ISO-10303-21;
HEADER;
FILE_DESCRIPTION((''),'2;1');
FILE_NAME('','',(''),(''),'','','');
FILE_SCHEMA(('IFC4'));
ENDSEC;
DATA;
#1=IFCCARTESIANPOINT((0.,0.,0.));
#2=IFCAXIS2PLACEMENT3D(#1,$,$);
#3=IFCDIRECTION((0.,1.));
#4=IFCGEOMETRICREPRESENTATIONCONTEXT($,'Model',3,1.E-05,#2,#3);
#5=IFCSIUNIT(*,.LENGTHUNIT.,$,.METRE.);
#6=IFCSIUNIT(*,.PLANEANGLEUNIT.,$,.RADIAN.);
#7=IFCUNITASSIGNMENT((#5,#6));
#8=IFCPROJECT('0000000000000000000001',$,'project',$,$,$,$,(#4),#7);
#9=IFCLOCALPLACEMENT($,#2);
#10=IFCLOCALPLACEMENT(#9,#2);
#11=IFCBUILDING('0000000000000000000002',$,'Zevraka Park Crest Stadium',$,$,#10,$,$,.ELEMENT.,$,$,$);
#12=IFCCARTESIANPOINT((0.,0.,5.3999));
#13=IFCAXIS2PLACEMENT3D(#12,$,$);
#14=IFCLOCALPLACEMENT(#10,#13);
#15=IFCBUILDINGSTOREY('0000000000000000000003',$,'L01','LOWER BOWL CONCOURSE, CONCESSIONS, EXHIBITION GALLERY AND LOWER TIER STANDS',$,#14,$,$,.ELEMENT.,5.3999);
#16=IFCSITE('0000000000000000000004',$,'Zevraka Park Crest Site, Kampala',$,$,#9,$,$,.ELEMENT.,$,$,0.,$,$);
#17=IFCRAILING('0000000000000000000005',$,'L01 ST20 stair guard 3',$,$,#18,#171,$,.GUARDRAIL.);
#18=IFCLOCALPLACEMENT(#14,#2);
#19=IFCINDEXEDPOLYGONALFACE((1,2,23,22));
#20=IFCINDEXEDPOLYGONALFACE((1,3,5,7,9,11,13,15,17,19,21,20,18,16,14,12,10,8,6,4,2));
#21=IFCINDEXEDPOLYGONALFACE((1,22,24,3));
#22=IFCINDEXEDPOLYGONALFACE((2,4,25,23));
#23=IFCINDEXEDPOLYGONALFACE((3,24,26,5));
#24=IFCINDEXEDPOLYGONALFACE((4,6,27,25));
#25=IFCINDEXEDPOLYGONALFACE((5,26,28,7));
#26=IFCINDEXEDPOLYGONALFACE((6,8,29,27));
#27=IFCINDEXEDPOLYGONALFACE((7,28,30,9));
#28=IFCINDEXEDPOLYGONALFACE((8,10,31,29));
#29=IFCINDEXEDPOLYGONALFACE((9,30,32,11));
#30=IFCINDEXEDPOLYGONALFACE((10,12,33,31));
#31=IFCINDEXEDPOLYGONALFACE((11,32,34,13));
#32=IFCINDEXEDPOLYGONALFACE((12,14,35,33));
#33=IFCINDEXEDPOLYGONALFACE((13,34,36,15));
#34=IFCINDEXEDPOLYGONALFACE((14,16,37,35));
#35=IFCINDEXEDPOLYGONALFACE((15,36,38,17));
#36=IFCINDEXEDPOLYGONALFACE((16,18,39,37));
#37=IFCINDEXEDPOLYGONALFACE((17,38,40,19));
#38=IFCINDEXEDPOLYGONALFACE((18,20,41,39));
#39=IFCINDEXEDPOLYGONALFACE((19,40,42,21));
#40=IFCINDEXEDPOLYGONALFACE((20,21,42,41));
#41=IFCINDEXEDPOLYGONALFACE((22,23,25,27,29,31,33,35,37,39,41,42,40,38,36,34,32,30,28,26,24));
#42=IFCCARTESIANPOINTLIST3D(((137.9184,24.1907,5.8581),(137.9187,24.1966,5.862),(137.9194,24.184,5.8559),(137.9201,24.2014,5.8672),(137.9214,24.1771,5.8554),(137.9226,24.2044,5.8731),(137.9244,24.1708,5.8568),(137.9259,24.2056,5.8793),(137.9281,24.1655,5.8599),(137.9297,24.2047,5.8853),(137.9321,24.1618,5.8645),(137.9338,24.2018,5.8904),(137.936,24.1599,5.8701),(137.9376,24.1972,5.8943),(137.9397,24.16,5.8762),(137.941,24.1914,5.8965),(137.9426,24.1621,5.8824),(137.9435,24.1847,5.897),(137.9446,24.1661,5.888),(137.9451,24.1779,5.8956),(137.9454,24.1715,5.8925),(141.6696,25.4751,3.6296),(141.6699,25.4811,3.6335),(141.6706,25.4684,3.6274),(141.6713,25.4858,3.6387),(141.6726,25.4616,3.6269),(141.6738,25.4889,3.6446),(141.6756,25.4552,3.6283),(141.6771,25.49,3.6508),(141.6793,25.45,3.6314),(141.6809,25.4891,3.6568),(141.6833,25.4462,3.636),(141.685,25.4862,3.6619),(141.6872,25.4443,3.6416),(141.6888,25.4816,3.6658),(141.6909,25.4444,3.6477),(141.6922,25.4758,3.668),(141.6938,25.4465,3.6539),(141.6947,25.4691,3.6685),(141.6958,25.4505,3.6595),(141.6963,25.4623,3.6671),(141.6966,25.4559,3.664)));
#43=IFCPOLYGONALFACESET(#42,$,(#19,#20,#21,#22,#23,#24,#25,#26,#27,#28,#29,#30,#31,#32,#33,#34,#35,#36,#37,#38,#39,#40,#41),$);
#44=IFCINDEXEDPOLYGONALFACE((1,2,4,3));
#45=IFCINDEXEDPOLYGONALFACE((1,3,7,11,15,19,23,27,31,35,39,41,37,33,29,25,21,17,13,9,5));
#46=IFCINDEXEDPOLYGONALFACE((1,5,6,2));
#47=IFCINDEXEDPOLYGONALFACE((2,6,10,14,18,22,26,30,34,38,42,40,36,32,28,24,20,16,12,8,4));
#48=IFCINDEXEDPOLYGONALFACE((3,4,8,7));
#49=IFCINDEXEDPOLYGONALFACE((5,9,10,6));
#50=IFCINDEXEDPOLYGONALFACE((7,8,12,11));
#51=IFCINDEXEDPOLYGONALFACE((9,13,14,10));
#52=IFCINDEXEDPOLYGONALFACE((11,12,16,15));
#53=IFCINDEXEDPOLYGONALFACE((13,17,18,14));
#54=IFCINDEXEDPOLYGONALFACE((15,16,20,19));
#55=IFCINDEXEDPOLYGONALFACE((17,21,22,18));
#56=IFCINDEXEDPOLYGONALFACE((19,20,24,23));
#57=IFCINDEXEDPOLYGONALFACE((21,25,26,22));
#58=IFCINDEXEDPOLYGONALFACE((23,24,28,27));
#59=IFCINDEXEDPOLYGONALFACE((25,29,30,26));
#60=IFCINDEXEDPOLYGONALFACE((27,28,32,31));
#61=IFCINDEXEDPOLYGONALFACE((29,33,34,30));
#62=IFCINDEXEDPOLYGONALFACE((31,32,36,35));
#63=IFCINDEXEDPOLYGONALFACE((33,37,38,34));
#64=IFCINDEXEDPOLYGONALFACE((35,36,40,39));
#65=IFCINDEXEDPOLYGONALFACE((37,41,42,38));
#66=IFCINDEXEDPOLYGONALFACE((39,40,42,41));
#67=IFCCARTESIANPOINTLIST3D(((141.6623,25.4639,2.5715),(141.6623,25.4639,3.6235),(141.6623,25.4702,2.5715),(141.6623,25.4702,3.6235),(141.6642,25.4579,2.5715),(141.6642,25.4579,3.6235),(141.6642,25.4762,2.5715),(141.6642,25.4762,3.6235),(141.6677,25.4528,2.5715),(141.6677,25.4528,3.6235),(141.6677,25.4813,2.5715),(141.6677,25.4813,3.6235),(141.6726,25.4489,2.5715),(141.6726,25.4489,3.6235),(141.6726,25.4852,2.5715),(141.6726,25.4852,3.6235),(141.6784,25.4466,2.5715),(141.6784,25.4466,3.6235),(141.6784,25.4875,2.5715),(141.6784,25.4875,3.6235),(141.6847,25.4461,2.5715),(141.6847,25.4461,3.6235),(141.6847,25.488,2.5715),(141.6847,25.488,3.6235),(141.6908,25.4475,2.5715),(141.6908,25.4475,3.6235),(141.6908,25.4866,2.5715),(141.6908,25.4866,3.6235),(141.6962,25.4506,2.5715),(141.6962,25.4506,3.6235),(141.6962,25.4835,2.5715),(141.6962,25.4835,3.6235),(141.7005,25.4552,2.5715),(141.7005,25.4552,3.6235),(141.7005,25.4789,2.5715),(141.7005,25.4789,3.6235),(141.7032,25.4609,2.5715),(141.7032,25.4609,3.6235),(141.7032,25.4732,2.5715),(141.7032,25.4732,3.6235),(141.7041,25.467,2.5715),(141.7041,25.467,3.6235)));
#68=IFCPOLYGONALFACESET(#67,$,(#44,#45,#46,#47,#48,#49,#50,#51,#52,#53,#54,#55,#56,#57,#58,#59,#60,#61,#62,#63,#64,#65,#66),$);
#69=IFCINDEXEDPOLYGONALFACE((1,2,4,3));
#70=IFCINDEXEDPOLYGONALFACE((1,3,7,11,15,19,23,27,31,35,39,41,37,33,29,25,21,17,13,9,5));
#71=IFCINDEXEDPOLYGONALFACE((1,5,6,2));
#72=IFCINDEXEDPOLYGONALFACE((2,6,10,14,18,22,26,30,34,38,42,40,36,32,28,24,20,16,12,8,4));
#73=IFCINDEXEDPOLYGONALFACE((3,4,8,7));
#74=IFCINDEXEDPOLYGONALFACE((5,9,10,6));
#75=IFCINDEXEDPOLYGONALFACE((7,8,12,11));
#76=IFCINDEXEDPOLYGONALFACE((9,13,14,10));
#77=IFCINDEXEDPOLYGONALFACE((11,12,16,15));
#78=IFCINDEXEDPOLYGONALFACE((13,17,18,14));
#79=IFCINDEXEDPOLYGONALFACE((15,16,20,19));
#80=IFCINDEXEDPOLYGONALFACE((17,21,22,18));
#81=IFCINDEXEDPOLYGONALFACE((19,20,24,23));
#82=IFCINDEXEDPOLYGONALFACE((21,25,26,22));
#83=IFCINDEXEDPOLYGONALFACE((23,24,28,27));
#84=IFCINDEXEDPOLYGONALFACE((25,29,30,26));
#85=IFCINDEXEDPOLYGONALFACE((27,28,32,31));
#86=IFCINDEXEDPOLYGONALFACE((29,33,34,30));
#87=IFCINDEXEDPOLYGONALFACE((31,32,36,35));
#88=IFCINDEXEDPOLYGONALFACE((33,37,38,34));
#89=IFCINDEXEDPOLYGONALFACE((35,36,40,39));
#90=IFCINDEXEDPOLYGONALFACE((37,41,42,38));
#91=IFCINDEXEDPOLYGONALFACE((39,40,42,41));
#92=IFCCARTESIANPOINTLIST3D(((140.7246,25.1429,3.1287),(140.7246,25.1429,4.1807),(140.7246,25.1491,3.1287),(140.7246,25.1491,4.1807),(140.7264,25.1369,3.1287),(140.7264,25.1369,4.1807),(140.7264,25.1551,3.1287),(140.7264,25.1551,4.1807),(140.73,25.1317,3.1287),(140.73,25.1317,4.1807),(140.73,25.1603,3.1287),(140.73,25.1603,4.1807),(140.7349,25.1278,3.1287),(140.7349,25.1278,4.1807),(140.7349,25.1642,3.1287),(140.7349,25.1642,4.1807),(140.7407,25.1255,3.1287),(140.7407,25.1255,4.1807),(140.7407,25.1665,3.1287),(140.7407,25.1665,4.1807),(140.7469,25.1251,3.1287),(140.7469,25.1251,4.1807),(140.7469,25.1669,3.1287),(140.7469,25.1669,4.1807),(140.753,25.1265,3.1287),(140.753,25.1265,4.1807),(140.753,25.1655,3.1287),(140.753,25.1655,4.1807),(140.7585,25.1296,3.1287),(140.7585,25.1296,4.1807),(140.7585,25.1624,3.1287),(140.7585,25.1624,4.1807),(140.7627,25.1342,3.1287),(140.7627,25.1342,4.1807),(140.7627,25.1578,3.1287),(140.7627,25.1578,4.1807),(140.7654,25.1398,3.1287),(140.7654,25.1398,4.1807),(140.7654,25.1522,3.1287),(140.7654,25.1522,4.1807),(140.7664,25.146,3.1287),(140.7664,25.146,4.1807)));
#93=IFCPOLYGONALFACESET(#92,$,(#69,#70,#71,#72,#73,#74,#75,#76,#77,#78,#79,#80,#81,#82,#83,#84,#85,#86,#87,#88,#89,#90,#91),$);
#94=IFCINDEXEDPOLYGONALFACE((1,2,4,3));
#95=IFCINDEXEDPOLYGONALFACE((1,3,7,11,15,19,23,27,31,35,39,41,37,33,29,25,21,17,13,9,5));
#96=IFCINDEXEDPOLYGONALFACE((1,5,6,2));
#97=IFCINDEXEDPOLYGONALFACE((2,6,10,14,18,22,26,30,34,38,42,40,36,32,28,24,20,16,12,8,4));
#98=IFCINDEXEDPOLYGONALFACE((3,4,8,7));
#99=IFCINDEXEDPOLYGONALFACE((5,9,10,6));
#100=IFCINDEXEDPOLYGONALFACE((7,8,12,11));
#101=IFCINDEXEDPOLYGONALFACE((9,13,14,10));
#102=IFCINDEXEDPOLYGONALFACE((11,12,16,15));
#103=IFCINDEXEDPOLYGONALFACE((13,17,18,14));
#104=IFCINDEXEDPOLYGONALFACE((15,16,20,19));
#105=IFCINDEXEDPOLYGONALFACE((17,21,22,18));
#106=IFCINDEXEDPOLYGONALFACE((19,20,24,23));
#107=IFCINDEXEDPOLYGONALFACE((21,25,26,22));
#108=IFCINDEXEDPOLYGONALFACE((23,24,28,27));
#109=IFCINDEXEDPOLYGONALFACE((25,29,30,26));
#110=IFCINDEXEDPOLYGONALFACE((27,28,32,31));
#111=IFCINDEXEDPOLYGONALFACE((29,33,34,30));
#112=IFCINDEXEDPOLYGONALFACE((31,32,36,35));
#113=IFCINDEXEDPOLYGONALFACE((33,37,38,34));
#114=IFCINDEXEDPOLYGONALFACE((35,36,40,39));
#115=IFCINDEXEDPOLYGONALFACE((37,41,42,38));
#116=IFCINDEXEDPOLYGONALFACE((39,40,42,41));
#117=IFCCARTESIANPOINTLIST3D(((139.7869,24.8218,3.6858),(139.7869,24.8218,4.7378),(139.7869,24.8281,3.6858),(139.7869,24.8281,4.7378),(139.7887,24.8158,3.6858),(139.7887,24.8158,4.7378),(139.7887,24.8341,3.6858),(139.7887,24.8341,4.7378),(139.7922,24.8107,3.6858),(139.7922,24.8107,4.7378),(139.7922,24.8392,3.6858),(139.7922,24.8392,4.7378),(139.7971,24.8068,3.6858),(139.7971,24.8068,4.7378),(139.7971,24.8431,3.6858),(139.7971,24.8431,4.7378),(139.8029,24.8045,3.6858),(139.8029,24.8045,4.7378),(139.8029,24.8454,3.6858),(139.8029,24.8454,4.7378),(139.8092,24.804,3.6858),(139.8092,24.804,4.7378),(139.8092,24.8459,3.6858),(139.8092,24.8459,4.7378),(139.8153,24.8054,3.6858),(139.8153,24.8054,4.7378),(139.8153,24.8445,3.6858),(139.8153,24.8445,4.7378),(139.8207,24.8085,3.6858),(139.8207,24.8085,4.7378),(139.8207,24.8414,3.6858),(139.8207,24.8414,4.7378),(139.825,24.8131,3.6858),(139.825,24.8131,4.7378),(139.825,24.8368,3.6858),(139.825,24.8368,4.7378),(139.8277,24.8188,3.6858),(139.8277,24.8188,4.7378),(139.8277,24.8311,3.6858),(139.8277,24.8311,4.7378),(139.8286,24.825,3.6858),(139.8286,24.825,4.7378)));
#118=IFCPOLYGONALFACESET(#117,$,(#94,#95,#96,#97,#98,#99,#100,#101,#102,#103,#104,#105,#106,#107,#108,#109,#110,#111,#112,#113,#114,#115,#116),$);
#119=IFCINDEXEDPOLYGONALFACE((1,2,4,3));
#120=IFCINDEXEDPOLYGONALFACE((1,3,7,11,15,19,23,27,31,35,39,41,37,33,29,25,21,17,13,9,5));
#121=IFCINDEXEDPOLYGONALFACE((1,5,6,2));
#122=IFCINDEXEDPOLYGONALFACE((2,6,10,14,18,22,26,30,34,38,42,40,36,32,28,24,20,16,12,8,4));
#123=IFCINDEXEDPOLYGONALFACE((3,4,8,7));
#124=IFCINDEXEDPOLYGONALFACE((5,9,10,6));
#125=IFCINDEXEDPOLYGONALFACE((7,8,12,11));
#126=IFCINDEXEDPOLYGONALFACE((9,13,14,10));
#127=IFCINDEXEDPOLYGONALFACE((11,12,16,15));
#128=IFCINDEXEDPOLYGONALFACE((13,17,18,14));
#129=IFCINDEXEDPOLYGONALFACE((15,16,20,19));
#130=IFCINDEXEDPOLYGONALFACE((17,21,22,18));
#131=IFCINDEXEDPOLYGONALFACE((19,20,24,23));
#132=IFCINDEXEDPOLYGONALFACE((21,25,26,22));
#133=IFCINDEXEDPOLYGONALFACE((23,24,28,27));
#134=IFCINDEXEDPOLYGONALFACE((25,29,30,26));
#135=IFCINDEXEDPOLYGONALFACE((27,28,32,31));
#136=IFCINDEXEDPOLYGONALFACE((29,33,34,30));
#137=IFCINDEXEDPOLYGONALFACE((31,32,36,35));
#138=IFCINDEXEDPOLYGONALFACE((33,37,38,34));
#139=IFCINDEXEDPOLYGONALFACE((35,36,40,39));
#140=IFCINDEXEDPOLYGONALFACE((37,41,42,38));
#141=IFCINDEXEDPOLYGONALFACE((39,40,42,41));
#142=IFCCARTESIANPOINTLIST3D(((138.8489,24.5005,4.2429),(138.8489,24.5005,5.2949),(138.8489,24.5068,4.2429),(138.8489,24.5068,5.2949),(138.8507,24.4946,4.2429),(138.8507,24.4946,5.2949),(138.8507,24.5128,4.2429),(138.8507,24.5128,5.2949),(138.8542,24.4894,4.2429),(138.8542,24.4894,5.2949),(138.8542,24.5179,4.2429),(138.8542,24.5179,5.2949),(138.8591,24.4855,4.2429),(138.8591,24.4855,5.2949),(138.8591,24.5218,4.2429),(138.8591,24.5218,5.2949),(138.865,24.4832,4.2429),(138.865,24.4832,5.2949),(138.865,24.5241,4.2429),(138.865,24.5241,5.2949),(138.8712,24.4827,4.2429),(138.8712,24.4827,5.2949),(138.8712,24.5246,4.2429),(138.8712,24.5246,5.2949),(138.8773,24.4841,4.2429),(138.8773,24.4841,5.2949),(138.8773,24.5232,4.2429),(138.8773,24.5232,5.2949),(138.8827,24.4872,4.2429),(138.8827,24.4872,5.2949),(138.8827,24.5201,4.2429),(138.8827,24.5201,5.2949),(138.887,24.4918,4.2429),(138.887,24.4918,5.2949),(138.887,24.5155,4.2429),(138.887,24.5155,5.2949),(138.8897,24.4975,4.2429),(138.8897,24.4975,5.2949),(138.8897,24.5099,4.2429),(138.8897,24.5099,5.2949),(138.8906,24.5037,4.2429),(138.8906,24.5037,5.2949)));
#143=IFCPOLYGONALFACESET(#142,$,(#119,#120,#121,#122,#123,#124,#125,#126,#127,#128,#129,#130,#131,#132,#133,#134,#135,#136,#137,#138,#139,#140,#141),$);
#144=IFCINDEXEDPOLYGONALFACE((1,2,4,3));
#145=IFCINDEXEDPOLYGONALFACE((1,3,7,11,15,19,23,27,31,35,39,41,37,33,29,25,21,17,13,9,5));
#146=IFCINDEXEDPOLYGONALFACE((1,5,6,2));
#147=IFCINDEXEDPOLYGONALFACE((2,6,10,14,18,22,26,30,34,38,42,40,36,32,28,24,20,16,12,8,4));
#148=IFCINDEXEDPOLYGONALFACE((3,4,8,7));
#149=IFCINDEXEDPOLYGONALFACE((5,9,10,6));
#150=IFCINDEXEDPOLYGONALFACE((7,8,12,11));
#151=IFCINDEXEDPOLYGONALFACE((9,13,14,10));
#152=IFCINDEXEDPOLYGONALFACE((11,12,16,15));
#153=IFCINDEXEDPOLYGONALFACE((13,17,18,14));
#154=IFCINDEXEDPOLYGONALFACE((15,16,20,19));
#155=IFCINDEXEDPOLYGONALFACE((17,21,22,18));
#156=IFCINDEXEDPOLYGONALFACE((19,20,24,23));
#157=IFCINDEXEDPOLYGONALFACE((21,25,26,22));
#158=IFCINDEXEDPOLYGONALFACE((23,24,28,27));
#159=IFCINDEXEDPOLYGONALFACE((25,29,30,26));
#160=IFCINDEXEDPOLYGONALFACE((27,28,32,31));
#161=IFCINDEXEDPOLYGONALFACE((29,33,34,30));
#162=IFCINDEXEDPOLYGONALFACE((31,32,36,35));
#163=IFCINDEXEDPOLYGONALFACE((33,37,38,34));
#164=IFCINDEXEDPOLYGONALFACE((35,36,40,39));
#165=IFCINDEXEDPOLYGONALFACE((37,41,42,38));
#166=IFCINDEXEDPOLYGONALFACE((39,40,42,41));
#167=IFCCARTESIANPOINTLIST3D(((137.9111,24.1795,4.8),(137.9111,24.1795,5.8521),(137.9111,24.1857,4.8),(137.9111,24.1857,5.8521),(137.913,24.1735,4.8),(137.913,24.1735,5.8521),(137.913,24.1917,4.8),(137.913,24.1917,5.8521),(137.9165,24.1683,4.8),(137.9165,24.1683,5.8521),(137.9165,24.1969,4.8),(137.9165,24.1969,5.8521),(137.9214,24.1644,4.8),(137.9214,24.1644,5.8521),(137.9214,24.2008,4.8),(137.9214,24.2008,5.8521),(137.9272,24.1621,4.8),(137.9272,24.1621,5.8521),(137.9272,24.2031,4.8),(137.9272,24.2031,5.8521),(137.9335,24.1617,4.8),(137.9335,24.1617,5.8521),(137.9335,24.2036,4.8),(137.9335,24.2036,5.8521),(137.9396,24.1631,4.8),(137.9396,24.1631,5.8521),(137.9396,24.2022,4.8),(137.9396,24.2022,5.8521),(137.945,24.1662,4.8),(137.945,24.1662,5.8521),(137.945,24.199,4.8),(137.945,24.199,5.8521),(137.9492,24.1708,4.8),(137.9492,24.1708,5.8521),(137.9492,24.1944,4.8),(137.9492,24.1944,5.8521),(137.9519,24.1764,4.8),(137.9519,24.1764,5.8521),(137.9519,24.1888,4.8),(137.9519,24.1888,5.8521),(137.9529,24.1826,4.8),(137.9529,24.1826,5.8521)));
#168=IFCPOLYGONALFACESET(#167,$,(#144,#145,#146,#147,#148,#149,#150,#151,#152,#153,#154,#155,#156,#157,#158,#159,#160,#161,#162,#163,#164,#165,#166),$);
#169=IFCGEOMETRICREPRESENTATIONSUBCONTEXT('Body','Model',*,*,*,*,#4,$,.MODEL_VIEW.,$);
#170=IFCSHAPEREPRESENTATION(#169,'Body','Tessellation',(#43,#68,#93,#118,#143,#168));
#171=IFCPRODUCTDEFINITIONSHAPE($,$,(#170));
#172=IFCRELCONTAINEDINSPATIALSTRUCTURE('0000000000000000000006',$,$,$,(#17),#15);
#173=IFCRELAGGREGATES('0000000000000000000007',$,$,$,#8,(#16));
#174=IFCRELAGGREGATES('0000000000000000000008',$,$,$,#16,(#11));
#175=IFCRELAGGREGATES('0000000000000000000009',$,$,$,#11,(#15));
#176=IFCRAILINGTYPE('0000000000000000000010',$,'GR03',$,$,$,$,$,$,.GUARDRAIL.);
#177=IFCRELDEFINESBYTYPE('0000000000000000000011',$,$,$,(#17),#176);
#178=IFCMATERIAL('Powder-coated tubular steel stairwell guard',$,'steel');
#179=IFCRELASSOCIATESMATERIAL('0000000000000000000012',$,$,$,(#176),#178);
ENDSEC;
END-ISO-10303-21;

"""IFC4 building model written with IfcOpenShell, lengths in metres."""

from ifc_helpers import new_model, si_unit, direction, frame, origin, origin_2d, place, context, subcontext, project, spatial, circle, extrude, material, type_object, element, save


model = new_model("IFC4")

# Units and contexts
model_context = context("Model", 3, precision=1e-05, world=origin(), true_north=direction((0.0, 1.0)))
body_context = subcontext(model_context, "Body", "Model", "MODEL_VIEW")
ifc_project = project(units=[si_unit("LENGTHUNIT", "METRE"), si_unit("PLANEANGLEUNIT", "RADIAN")], contexts=[model_context])

# Site, building, storey
site_placement = place(None, origin())
site = spatial("IfcSite", under=ifc_project, at=site_placement, Name="Zevraka Park Crest Site, Kampala", CompositionType="ELEMENT", RefElevation=0.0)
building_placement = place(site_placement, origin())
building = spatial("IfcBuilding", under=site, at=building_placement, Name="Zevraka Park Crest Stadium", CompositionType="ELEMENT")
storey_placement = place(building_placement, frame((0.0, 0.0, 5.3999)))
storey = spatial("IfcBuildingStorey", under=building, at=storey_placement, Name="L01", Description="LOWER BOWL CONCOURSE, CONCESSIONS, EXHIBITION GALLERY AND LOWER TIER STANDS", CompositionType="ELEMENT", Elevation=5.3999)

# Railing
ifc_material_1 = material(Name="Powder-coated tubular steel stairwell guard", Category="steel")
railing_type_1 = type_object("IfcRailingType", Name="GR03", PredefinedType="GUARDRAIL", material=ifc_material_1)
railing_1_placement = place(storey_placement, frame((141.6831, 25.467, 2.5715)))
element("IfcRailing", 1, at=railing_1_placement, inside=storey, type_object=railing_type_1, Name="L01 ST20 stair guard 3", PredefinedType="GUARDRAIL", context=body_context, shape_type="SweptSolid", body=[
    extrude(circle(Radius=0.0239, at=origin_2d()), frame((0.0, 0.0, 1.0762), z_axis=(-0.824739, -0.282392, 0.489959), x_axis=(0.323939, -0.946078, 0.0)), (0.0, 0.0, 1.0), 4.5483),
    extrude(circle(Radius=0.021, at=origin_2d()), origin(), (0.0, 0.0, 1.0), 1.052),
    extrude(circle(Radius=0.021, at=origin_2d()), frame((-0.9377, -0.321, 0.5571)), (0.0, 0.0, 1.0), 1.052),
    extrude(circle(Radius=0.021, at=origin_2d()), frame((-1.8755, -0.6421, 1.1143)), (0.0, 0.0, 1.0), 1.052),
    extrude(circle(Radius=0.021, at=origin_2d()), frame((-2.8135, -0.9634, 1.6714)), (0.0, 0.0, 1.0), 1.052),
    extrude(circle(Radius=0.021, at=origin_2d()), frame((-3.7512, -1.2844, 2.2285)), (0.0, 0.0, 1.0), 1.052),
])

save(model, "model.ifc")
